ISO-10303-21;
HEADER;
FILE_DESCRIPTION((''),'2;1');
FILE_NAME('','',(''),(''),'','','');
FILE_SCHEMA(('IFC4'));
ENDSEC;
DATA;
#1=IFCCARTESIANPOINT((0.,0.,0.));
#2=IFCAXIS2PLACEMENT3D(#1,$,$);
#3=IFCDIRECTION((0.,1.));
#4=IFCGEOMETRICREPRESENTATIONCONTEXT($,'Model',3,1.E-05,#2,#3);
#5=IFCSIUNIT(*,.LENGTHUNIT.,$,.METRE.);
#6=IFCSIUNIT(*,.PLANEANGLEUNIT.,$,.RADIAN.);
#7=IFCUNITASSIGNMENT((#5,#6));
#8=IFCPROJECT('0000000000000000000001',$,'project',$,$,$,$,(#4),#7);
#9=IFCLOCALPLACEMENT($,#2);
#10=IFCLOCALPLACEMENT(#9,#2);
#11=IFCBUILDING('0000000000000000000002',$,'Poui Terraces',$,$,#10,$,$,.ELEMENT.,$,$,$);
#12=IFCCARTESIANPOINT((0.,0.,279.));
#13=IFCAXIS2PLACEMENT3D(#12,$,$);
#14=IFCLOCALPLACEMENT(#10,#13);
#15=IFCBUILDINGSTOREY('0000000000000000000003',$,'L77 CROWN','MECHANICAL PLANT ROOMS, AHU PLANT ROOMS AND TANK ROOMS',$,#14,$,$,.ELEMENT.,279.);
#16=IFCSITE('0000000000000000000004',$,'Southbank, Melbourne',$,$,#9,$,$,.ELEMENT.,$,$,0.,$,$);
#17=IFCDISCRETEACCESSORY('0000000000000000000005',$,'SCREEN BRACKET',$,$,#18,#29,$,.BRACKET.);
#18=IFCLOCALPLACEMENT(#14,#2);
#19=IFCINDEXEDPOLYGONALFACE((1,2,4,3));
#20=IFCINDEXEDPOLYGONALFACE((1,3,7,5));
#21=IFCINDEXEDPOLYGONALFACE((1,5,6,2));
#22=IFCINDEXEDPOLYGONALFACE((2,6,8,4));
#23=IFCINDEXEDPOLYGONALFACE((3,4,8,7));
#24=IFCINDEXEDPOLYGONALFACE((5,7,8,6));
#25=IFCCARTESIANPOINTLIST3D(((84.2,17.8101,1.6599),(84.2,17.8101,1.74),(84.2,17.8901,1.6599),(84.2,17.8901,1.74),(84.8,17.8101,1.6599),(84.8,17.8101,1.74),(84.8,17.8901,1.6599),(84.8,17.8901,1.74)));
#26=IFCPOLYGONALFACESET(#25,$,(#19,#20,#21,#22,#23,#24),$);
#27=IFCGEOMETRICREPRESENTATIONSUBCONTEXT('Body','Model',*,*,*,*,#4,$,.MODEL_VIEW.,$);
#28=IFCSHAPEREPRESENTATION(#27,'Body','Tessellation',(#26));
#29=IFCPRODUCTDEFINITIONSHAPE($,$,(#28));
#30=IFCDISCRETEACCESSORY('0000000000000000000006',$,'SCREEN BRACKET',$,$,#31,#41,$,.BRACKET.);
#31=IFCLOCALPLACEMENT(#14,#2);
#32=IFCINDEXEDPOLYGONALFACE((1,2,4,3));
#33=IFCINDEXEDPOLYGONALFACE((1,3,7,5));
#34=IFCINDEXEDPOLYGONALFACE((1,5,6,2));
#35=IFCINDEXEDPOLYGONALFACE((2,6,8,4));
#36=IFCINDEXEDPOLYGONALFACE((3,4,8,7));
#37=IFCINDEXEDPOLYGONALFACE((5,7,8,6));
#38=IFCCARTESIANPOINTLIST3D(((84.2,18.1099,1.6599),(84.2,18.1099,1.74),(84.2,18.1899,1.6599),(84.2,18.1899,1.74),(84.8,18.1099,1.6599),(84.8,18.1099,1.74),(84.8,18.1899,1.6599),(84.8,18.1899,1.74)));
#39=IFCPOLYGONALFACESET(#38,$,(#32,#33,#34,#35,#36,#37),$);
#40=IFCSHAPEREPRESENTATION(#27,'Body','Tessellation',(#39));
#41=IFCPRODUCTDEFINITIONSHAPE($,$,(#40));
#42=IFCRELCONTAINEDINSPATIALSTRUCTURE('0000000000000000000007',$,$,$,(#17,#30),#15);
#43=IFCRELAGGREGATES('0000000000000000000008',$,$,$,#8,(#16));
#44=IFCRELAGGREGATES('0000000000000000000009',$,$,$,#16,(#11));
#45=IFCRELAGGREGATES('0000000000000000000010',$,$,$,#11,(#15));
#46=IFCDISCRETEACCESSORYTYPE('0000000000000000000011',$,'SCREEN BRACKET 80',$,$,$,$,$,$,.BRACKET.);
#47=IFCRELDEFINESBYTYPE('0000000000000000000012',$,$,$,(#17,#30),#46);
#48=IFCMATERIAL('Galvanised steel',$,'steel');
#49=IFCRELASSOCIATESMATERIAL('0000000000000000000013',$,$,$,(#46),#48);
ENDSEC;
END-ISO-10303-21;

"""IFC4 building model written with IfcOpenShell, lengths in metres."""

from ifc_helpers import new_model, si_unit, direction, frame, origin, origin_2d, place, context, subcontext, project, spatial, rectangle, extrude, source, transform, mapped, material, material_profile, profile_set, type_object, element, save


model = new_model("IFC4")

# Units and contexts
model_context = context("Model", 3, precision=1e-05, world=origin(), true_north=direction((0.0, 1.0)))
body_context = subcontext(model_context, "Body", "Model", "MODEL_VIEW")
ifc_project = project(units=[si_unit("LENGTHUNIT", "METRE"), si_unit("PLANEANGLEUNIT", "RADIAN")], contexts=[model_context])

# Site, building, storey
site_placement = place(None, origin())
site = spatial("IfcSite", under=ifc_project, at=site_placement, Name="Southbank, Melbourne", CompositionType="ELEMENT", RefElevation=0.0)
building_placement = place(site_placement, origin())
building = spatial("IfcBuilding", under=site, at=building_placement, Name="Poui Terraces", CompositionType="ELEMENT")
storey_placement = place(building_placement, frame((0.0, 0.0, 279.0)))
storey = spatial("IfcBuildingStorey", under=building, at=storey_placement, Name="L77 CROWN", Description="MECHANICAL PLANT ROOMS, AHU PLANT ROOMS AND TANK ROOMS", CompositionType="ELEMENT", Elevation=279.0)

# Discrete accessories
ifc_material_1 = material(Name="Galvanised steel", Category="steel")
ifc_material_profile_1 = material_profile(ifc_material_1, rectangle(XDim=0.0801, YDim=0.0801, at=origin_2d()), Name="SCREEN BRACKET 80")
ifc_profile_set_1 = profile_set([ifc_material_profile_1], Name="Galvanised steel")
discrete_accessory_type = type_object("IfcDiscreteAccessoryType", Name="SCREEN BRACKET 80", PredefinedType="BRACKET", material=ifc_profile_set_1)
shared_shape_1 = source(origin(), body_context, "Body", "SweptSolid", [
    extrude(rectangle(XDim=0.0801, YDim=0.0801, at=origin_2d()), origin(), (0.0, 0.0, 1.0), 0.6001),
])
for number, where, z_axis, x_axis, name in (
    (1, (84.2, 17.8501, 1.7), (1.0, 0.0, 0.0), (0.0, 1.0, 0.0), "SCREEN BRACKET"),
    (2, (84.2, 18.1499, 1.7), (1.0, 0.0, 0.0), (0.0, 1.0, 0.0), "SCREEN BRACKET"),
):
    element("IfcDiscreteAccessory", number, at=place(storey_placement, frame(where, z_axis=z_axis, x_axis=x_axis)), inside=storey, type_object=discrete_accessory_type, Name=name, PredefinedType="BRACKET", context=body_context, shape_type="MappedRepresentation", body=[
        mapped(shared_shape_1, transform((0.0, 0.0, 0.0))),
    ])

save(model, "model.ifc")
